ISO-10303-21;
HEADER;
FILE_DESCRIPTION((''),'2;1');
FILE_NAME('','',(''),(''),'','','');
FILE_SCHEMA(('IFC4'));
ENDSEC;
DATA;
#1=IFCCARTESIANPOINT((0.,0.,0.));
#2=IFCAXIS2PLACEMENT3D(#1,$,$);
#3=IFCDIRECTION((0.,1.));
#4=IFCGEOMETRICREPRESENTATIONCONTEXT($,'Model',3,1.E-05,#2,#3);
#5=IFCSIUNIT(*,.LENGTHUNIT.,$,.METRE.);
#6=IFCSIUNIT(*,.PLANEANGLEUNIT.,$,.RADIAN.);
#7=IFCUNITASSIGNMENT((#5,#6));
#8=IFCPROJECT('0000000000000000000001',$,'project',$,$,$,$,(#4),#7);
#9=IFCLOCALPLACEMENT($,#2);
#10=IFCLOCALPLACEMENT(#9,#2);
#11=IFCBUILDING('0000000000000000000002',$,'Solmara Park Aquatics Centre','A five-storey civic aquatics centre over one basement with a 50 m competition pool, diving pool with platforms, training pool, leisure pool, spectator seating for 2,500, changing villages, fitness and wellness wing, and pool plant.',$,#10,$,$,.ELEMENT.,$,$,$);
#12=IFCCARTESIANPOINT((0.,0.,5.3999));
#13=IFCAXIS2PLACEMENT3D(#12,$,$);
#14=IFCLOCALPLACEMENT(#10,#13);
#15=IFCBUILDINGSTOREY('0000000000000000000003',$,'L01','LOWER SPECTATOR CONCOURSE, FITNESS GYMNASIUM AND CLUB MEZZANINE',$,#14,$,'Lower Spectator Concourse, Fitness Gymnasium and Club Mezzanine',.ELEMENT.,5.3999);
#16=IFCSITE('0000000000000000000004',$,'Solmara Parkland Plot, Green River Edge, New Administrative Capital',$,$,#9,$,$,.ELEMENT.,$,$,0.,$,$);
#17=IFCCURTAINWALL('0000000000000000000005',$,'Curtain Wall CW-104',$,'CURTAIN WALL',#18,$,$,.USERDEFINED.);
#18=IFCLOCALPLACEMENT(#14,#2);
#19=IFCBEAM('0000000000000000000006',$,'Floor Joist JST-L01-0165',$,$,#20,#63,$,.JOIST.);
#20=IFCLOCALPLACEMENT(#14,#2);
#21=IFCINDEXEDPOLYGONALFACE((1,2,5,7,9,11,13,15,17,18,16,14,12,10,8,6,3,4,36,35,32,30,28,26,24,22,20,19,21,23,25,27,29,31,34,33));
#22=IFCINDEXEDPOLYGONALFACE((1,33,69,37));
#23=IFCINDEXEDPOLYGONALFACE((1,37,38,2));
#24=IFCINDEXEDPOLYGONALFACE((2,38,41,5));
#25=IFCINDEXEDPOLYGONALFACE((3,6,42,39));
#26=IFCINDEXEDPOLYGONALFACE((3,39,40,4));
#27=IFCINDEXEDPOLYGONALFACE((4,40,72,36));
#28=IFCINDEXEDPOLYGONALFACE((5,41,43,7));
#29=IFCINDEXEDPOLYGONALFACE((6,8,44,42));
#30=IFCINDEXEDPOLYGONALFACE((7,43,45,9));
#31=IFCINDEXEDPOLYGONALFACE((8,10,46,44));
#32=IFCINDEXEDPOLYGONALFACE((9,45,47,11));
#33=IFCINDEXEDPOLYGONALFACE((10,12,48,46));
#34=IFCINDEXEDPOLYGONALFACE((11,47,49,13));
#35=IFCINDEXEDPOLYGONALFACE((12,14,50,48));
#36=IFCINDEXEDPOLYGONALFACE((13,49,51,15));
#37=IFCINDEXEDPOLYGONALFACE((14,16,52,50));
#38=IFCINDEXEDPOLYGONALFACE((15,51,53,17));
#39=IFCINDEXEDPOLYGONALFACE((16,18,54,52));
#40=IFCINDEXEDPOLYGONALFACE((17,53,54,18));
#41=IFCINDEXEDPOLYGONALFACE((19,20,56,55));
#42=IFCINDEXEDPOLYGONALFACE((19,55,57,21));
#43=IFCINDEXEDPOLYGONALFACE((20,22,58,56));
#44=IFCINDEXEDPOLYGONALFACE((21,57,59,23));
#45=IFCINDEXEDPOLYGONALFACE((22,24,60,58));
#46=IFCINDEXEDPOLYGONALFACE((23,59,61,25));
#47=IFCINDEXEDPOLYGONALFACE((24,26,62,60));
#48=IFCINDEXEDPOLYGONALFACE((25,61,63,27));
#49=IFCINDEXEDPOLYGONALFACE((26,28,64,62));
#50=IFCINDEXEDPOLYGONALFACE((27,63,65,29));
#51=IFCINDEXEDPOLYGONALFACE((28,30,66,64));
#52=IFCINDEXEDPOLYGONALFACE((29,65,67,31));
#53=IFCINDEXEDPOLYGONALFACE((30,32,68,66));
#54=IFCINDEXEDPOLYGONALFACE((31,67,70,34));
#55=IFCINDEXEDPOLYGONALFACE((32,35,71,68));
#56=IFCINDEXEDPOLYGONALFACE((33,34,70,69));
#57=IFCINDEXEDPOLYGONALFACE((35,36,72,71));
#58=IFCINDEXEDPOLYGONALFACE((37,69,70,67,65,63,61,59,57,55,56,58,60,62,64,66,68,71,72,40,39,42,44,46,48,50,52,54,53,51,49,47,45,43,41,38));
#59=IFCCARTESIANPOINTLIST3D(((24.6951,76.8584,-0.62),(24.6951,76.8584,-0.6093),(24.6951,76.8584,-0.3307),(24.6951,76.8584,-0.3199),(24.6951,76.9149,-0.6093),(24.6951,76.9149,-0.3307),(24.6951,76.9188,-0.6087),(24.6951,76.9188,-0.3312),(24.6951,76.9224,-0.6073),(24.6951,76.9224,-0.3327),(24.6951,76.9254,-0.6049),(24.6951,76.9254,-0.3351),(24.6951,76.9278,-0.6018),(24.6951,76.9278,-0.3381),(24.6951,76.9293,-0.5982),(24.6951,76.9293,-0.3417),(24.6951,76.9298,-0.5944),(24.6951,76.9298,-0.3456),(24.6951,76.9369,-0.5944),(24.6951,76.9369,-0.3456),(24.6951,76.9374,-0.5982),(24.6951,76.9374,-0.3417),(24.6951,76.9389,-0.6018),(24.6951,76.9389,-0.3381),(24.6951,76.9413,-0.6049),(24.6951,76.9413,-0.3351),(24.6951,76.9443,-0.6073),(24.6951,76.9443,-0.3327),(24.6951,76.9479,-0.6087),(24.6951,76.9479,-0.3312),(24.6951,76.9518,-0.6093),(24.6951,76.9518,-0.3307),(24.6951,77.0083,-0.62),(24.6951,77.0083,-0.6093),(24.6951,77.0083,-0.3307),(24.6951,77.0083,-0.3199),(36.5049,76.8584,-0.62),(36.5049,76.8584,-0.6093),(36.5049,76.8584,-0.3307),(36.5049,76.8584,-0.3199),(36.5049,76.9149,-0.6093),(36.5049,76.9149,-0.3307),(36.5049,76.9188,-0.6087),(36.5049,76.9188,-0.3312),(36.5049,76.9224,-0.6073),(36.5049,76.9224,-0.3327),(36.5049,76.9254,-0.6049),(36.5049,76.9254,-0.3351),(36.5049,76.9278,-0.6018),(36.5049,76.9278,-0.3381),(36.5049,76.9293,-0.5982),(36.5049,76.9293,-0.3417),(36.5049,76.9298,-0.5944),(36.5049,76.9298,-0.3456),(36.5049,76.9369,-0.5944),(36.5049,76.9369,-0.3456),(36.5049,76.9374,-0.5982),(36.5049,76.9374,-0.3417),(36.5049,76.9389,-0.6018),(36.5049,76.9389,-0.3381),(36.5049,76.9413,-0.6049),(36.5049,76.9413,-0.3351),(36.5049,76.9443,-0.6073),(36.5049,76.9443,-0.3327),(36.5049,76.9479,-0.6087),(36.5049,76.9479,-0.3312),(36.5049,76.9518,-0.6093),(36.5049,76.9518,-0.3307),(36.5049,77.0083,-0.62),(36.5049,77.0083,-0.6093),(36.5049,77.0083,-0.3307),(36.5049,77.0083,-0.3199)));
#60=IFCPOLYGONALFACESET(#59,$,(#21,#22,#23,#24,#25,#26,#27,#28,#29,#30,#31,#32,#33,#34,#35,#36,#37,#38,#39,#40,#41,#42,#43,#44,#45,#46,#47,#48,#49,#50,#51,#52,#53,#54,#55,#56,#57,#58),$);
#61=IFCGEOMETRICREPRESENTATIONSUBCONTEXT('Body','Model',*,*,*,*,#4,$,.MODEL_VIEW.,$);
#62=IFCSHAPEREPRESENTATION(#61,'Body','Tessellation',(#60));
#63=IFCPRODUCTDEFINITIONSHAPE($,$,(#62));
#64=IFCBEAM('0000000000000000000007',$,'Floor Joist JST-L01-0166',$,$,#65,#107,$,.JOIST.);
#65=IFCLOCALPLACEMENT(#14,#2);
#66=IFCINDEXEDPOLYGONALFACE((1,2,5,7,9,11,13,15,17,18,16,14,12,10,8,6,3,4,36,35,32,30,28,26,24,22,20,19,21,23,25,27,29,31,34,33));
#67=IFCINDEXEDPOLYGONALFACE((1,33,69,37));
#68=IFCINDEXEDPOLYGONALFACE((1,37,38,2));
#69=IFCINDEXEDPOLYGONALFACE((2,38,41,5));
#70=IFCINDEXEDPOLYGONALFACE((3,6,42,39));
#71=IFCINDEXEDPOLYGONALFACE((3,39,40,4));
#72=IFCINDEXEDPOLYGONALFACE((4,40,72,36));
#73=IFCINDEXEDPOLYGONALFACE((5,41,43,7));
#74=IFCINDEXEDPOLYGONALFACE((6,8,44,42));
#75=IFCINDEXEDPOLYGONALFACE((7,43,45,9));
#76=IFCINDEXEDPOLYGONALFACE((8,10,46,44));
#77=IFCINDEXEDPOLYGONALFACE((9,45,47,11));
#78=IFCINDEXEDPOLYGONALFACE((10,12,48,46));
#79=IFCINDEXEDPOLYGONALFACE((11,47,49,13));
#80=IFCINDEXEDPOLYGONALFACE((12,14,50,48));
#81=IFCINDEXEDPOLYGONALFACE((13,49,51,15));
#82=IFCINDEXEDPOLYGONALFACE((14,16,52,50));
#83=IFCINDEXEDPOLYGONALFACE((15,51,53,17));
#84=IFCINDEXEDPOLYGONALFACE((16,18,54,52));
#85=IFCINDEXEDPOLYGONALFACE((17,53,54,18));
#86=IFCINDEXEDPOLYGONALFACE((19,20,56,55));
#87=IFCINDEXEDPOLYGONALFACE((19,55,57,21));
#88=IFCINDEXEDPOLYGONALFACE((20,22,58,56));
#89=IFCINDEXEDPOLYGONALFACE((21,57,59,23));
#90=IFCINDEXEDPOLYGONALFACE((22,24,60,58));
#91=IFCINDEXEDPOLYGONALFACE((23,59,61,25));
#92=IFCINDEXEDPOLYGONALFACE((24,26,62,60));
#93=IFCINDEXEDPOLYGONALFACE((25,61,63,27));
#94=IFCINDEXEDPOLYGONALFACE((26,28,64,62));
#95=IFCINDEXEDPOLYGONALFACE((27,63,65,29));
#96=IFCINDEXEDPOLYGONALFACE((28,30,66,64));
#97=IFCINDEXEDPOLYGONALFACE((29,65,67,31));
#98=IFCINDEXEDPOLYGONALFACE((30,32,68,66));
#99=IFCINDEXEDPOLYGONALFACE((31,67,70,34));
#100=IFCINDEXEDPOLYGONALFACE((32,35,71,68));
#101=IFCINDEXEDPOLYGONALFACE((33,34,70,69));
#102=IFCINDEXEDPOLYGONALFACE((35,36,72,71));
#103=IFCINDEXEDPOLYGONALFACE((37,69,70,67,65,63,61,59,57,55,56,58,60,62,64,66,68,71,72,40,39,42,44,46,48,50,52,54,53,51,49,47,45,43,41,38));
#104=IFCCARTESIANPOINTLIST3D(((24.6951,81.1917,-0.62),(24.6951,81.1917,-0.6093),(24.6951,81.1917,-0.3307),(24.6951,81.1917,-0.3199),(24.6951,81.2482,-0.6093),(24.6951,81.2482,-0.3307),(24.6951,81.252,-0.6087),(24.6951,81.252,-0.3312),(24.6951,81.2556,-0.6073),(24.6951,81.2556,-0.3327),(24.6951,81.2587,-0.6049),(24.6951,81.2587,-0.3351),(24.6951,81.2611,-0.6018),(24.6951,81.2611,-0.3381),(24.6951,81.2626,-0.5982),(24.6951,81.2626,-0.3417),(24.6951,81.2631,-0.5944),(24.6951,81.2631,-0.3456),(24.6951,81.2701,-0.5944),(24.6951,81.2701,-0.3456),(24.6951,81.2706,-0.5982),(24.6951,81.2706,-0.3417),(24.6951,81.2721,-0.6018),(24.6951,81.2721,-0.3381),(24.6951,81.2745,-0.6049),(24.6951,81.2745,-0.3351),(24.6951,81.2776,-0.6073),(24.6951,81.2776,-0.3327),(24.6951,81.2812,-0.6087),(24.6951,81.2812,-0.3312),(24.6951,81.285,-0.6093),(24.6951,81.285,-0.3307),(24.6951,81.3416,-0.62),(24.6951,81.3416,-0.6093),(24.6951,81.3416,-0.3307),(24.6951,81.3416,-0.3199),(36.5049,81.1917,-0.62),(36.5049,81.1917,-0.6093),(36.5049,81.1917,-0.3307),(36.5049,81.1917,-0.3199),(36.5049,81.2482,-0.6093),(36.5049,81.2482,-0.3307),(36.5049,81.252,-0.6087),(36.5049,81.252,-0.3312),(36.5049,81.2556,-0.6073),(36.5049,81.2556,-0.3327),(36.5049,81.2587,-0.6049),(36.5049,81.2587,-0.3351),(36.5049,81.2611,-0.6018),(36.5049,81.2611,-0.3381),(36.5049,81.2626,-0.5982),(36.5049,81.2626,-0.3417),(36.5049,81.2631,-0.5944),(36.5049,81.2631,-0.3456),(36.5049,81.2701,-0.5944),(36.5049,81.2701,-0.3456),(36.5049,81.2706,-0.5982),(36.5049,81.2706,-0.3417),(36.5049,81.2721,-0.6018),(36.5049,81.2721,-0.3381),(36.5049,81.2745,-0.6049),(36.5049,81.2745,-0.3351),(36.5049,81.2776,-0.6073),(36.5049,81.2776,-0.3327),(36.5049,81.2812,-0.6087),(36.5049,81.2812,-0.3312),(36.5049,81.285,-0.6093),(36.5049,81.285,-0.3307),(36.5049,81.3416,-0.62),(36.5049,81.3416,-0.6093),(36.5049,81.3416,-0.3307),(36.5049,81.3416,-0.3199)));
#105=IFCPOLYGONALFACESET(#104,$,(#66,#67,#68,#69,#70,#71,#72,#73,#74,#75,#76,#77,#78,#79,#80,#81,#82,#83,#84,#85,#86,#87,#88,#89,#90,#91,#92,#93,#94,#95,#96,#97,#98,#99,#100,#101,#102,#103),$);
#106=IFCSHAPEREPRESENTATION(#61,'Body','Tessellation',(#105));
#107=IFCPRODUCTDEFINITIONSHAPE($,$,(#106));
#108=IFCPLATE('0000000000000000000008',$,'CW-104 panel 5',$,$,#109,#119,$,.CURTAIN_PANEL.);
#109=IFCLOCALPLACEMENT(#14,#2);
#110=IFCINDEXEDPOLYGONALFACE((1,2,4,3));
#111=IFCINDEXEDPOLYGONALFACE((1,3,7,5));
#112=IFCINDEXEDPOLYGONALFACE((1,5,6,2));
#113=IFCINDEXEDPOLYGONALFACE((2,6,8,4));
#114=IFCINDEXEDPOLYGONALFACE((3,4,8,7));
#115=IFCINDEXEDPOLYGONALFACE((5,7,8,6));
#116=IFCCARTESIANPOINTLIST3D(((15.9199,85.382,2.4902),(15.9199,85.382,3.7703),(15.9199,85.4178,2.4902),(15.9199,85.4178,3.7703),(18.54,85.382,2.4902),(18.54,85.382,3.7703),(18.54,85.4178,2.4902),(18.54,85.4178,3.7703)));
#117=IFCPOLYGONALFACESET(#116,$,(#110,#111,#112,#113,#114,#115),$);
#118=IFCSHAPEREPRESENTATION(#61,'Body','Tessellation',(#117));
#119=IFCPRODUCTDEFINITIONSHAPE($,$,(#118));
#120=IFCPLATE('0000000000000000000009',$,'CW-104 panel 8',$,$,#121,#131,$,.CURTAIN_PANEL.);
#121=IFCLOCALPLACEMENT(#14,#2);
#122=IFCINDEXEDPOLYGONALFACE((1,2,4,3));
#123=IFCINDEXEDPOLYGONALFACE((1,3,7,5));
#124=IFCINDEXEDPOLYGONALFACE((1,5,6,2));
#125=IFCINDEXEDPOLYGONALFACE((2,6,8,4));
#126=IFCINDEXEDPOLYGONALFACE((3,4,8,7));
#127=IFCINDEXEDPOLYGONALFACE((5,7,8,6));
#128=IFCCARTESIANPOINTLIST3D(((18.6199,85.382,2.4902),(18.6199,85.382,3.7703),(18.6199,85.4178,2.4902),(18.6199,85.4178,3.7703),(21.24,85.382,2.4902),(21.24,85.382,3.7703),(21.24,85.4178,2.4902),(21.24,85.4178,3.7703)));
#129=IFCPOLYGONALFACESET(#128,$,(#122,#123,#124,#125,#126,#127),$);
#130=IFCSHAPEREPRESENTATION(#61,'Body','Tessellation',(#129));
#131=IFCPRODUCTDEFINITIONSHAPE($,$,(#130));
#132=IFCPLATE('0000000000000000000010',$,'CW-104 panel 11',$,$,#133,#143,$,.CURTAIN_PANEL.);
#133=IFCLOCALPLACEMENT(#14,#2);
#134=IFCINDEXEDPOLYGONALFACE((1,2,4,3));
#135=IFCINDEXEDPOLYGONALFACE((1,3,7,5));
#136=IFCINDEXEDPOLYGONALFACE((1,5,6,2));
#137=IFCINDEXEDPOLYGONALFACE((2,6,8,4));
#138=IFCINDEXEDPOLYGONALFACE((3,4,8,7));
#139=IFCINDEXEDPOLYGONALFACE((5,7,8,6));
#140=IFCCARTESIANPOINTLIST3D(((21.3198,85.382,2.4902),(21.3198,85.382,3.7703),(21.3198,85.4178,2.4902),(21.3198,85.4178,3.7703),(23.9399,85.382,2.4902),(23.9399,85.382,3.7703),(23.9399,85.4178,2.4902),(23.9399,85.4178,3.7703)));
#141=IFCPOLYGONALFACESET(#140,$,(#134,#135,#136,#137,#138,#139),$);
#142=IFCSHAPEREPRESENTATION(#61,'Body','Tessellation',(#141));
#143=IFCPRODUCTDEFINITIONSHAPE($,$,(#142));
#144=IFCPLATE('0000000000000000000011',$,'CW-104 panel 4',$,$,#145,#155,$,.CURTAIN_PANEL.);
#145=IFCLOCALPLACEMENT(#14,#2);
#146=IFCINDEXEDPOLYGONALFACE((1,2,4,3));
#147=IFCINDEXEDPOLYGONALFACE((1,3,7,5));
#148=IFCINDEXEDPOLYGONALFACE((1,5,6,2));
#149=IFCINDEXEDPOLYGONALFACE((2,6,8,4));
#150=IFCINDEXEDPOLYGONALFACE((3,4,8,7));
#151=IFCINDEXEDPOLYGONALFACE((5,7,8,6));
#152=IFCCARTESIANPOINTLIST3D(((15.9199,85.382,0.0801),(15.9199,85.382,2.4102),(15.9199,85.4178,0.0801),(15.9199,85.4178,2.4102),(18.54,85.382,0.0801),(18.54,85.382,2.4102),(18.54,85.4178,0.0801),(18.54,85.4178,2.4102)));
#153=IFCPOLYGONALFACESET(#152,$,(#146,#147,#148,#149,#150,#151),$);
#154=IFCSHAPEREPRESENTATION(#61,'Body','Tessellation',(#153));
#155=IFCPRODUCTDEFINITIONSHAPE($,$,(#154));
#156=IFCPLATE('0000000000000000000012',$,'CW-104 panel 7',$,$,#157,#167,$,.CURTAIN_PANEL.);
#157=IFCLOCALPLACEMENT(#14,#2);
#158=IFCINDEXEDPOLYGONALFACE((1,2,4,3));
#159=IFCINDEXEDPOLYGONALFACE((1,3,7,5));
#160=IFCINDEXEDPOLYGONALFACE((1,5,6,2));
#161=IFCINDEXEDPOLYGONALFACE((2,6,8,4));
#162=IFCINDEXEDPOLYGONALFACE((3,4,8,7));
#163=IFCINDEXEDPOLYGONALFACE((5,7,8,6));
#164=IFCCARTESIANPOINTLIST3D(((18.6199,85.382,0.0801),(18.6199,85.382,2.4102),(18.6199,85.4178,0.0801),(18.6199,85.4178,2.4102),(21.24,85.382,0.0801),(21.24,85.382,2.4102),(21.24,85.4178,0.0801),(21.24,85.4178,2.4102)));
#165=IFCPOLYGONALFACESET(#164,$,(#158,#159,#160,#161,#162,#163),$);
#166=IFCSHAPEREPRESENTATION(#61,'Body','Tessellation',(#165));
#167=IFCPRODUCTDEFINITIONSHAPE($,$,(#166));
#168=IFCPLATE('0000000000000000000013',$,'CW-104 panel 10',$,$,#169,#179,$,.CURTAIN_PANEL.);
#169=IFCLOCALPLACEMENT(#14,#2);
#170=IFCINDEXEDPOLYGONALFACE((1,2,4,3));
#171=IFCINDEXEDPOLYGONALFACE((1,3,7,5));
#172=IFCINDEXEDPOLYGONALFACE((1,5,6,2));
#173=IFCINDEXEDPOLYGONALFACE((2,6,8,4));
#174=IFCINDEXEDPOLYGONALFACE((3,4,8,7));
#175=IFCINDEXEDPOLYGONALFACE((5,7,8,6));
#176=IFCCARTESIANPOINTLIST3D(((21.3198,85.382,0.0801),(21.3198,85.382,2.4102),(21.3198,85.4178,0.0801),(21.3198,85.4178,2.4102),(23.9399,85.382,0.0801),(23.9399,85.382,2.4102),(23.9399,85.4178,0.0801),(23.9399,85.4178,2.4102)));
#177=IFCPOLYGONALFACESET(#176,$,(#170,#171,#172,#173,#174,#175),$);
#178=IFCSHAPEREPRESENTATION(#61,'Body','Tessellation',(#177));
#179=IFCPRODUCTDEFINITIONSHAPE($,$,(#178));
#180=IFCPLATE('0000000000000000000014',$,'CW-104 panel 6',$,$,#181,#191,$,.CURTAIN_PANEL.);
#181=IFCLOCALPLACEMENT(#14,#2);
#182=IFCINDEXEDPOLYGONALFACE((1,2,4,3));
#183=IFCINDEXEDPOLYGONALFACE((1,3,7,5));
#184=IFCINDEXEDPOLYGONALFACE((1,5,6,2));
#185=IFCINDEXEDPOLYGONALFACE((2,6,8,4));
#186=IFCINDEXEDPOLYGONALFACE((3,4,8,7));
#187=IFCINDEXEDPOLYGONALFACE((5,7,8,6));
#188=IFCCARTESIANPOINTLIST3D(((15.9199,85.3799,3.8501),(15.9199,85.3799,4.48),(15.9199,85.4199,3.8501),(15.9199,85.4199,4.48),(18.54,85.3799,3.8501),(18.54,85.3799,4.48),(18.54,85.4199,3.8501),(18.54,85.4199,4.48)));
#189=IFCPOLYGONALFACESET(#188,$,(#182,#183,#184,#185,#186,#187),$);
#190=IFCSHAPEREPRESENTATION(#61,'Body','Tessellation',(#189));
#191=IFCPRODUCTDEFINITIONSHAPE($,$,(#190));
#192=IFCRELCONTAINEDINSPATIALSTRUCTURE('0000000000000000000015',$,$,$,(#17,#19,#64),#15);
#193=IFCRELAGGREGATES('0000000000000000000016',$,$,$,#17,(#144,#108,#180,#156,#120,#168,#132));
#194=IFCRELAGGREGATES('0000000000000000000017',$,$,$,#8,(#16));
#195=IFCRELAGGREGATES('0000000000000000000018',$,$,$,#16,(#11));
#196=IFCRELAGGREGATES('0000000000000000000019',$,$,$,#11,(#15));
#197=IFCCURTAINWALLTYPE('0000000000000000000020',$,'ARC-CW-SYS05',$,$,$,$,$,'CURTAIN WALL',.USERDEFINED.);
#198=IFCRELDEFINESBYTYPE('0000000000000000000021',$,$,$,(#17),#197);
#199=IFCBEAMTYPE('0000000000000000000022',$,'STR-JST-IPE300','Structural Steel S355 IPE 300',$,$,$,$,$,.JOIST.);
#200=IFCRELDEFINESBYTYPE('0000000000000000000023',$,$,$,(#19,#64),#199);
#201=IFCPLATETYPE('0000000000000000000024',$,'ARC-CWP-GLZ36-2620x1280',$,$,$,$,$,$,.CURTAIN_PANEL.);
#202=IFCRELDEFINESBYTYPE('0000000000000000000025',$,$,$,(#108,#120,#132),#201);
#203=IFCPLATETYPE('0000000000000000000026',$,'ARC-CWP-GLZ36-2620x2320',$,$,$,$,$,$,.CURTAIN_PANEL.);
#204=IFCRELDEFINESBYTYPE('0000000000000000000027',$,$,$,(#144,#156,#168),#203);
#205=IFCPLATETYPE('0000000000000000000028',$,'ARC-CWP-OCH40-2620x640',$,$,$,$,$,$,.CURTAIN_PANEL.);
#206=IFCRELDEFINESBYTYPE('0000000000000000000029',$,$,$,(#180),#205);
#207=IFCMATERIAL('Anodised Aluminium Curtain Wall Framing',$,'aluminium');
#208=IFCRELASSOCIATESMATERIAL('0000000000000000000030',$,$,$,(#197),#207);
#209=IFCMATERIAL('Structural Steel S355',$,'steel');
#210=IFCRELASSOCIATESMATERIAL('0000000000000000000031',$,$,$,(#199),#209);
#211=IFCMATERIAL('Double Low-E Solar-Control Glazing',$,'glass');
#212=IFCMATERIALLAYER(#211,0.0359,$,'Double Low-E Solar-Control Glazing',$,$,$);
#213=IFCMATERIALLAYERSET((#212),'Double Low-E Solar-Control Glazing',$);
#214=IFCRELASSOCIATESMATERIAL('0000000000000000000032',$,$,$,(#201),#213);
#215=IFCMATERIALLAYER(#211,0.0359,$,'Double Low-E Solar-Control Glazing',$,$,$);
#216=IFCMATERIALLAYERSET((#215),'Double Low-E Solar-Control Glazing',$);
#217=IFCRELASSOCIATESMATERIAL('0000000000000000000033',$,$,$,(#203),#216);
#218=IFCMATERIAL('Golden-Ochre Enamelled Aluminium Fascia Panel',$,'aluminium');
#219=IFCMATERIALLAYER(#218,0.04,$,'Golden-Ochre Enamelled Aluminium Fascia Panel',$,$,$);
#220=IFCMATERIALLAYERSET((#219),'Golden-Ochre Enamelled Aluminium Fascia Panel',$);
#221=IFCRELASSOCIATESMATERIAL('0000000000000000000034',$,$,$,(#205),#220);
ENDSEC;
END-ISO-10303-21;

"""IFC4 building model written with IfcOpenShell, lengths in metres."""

from ifc_helpers import new_model, si_unit, direction, frame, origin, origin_2d, place, context, subcontext, project, spatial, rectangle, i_section, extrude, material, layer, layer_set, material_profile, profile_set, type_object, element, aggregate, save


model = new_model("IFC4")

# Units and contexts
model_context = context("Model", 3, precision=1e-05, world=origin(), true_north=direction((0.0, 1.0)))
body_context = subcontext(model_context, "Body", "Model", "MODEL_VIEW")
ifc_project = project(units=[si_unit("LENGTHUNIT", "METRE"), si_unit("PLANEANGLEUNIT", "RADIAN")], contexts=[model_context])

# Site, building, storey
site_placement = place(None, origin())
site = spatial("IfcSite", under=ifc_project, at=site_placement, Name="Solmara Parkland Plot, Green River Edge, New Administrative Capital", CompositionType="ELEMENT", RefElevation=0.0)
building_placement = place(site_placement, origin())
building = spatial("IfcBuilding", under=site, at=building_placement, Name="Solmara Park Aquatics Centre", Description="A five-storey civic aquatics centre over one basement with a 50 m competition pool, diving pool with platforms, training pool, leisure pool, spectator seating for 2,500, changing villages, fitness and wellness wing, and pool plant.", CompositionType="ELEMENT")
storey_placement = place(building_placement, frame((0.0, 0.0, 5.3999)))
storey = spatial("IfcBuildingStorey", under=building, at=storey_placement, Name="L01", Description="LOWER SPECTATOR CONCOURSE, FITNESS GYMNASIUM AND CLUB MEZZANINE", LongName="Lower Spectator Concourse, Fitness Gymnasium and Club Mezzanine", CompositionType="ELEMENT", Elevation=5.3999)

# Shared definitions
ifc_material_1 = material(Name="Structural Steel S355", Category="steel")

# Shared definitions
ifc_material_2 = material(Name="Anodised Aluminium Curtain Wall Framing", Category="aluminium")
curtain_wall_type = type_object("IfcCurtainWallType", Name="ARC-CW-SYS05", ElementType="CURTAIN WALL", PredefinedType="USERDEFINED", material=ifc_material_2)

# Curtain wall
curtain_wall_1_placement = place(storey_placement, origin())
curtain_wall_1 = element("IfcCurtainWall", 1, at=curtain_wall_1_placement, inside=storey, type_object=curtain_wall_type, Name="Curtain Wall CW-104", ObjectType="CURTAIN WALL", PredefinedType="USERDEFINED")

# Beams
ifc_material_profile_1 = material_profile(ifc_material_1, i_section(OverallWidth=0.1499, OverallDepth=0.3, WebThickness=0.0071, FlangeThickness=0.0107, FilletRadius=0.0149, at=origin_2d()), Name="IPE 300")
ifc_profile_set_1 = profile_set([ifc_material_profile_1], Name="Structural Steel S355")
beam_type_1 = type_object("IfcBeamType", Name="STR-JST-IPE300", Description="Structural Steel S355 IPE 300", PredefinedType="JOIST", material=ifc_profile_set_1)
for number, where, z_axis, x_axis, name in (
    (2, (24.6951, 76.9333, -0.47), (1.0, 0.0, 0.0), (0.0, 1.0, 0.0), "Floor Joist JST-L01-0165"),
    (3, (24.6951, 81.2666, -0.47), (1.0, 0.0, 0.0), (0.0, 1.0, 0.0), "Floor Joist JST-L01-0166"),
):
    element("IfcBeam", number, at=place(storey_placement, frame(where, z_axis=z_axis, x_axis=x_axis)), inside=storey, type_object=beam_type_1, Name=name, PredefinedType="JOIST", context=body_context, shape_type="SweptSolid", body=[
        extrude(i_section(OverallWidth=0.1499, OverallDepth=0.3, WebThickness=0.0071, FlangeThickness=0.0107, FilletRadius=0.0149, at=origin_2d()), origin(), (0.0, 0.0, 1.0), 11.8098),
    ])

# Plates
ifc_material_3 = material(Name="Double Low-E Solar-Control Glazing", Category="glass")
ifc_layer_1 = layer(ifc_material_3, 0.0359, Name="Double Low-E Solar-Control Glazing")
ifc_layer_set_1 = layer_set([ifc_layer_1], Name="Double Low-E Solar-Control Glazing")
plate_type_1 = type_object("IfcPlateType", Name="ARC-CWP-GLZ36-2620x1280", PredefinedType="CURTAIN_PANEL", material=ifc_layer_set_1)
plate_1_placement = place(storey_placement, frame((17.23, 85.3999, 2.4902), z_axis=(0.0, 0.0, 1.0), x_axis=(1.0, 0.0, 0.0)))
plate_1 = element("IfcPlate", 4, at=plate_1_placement, type_object=plate_type_1, Name="CW-104 panel 5", PredefinedType="CURTAIN_PANEL", context=body_context, shape_type="SweptSolid", body=[
    extrude(rectangle(XDim=2.6201, YDim=0.0359, at=origin_2d()), origin(), (0.0, 0.0, 1.0), 1.28),
])
plate_2_placement = place(storey_placement, frame((19.9299, 85.3999, 2.4902), z_axis=(0.0, 0.0, 1.0), x_axis=(1.0, 0.0, 0.0)))
plate_2 = element("IfcPlate", 5, at=plate_2_placement, type_object=plate_type_1, Name="CW-104 panel 8", PredefinedType="CURTAIN_PANEL", context=body_context, shape_type="SweptSolid", body=[
    extrude(rectangle(XDim=2.6201, YDim=0.0359, at=origin_2d()), origin(), (0.0, 0.0, 1.0), 1.28),
])
plate_3_placement = place(storey_placement, frame((22.6299, 85.3999, 2.4902), z_axis=(0.0, 0.0, 1.0), x_axis=(1.0, 0.0, 0.0)))
plate_3 = element("IfcPlate", 6, at=plate_3_placement, type_object=plate_type_1, Name="CW-104 panel 11", PredefinedType="CURTAIN_PANEL", context=body_context, shape_type="SweptSolid", body=[
    extrude(rectangle(XDim=2.6201, YDim=0.0359, at=origin_2d()), origin(), (0.0, 0.0, 1.0), 1.28),
])
ifc_layer_2 = layer(ifc_material_3, 0.0359, Name="Double Low-E Solar-Control Glazing")
ifc_layer_set_2 = layer_set([ifc_layer_2], Name="Double Low-E Solar-Control Glazing")
plate_type_2 = type_object("IfcPlateType", Name="ARC-CWP-GLZ36-2620x2320", PredefinedType="CURTAIN_PANEL", material=ifc_layer_set_2)
plate_4_placement = place(storey_placement, frame((17.23, 85.3999, 0.0801), z_axis=(0.0, 0.0, 1.0), x_axis=(1.0, 0.0, 0.0)))
plate_4 = element("IfcPlate", 7, at=plate_4_placement, type_object=plate_type_2, Name="CW-104 panel 4", PredefinedType="CURTAIN_PANEL", context=body_context, shape_type="SweptSolid", body=[
    extrude(rectangle(XDim=2.6201, YDim=0.0359, at=origin_2d()), origin(), (0.0, 0.0, 1.0), 2.3301),
])
plate_5_placement = place(storey_placement, frame((19.9299, 85.3999, 0.0801), z_axis=(0.0, 0.0, 1.0), x_axis=(1.0, 0.0, 0.0)))
plate_5 = element("IfcPlate", 8, at=plate_5_placement, type_object=plate_type_2, Name="CW-104 panel 7", PredefinedType="CURTAIN_PANEL", context=body_context, shape_type="SweptSolid", body=[
    extrude(rectangle(XDim=2.6201, YDim=0.0359, at=origin_2d()), origin(), (0.0, 0.0, 1.0), 2.3301),
])
plate_6_placement = place(storey_placement, frame((22.6299, 85.3999, 0.0801), z_axis=(0.0, 0.0, 1.0), x_axis=(1.0, 0.0, 0.0)))
plate_6 = element("IfcPlate", 9, at=plate_6_placement, type_object=plate_type_2, Name="CW-104 panel 10", PredefinedType="CURTAIN_PANEL", context=body_context, shape_type="SweptSolid", body=[
    extrude(rectangle(XDim=2.6201, YDim=0.0359, at=origin_2d()), origin(), (0.0, 0.0, 1.0), 2.3301),
])
ifc_material_4 = material(Name="Golden-Ochre Enamelled Aluminium Fascia Panel", Category="aluminium")
ifc_layer_3 = layer(ifc_material_4, 0.04, Name="Golden-Ochre Enamelled Aluminium Fascia Panel")
ifc_layer_set_3 = layer_set([ifc_layer_3], Name="Golden-Ochre Enamelled Aluminium Fascia Panel")
plate_type_3 = type_object("IfcPlateType", Name="ARC-CWP-OCH40-2620x640", PredefinedType="CURTAIN_PANEL", material=ifc_layer_set_3)
plate_7_placement = place(storey_placement, frame((17.23, 85.3999, 3.8501), z_axis=(0.0, 0.0, 1.0), x_axis=(1.0, 0.0, 0.0)))
plate_7 = element("IfcPlate", 10, at=plate_7_placement, type_object=plate_type_3, Name="CW-104 panel 6", PredefinedType="CURTAIN_PANEL", context=body_context, shape_type="SweptSolid", body=[
    extrude(rectangle(XDim=2.6201, YDim=0.04, at=origin_2d()), origin(), (0.0, 0.0, 1.0), 0.6299),
])
aggregate(curtain_wall_1, [plate_4, plate_1, plate_7, plate_5, plate_2, plate_6, plate_3])

save(model, "model.ifc")
